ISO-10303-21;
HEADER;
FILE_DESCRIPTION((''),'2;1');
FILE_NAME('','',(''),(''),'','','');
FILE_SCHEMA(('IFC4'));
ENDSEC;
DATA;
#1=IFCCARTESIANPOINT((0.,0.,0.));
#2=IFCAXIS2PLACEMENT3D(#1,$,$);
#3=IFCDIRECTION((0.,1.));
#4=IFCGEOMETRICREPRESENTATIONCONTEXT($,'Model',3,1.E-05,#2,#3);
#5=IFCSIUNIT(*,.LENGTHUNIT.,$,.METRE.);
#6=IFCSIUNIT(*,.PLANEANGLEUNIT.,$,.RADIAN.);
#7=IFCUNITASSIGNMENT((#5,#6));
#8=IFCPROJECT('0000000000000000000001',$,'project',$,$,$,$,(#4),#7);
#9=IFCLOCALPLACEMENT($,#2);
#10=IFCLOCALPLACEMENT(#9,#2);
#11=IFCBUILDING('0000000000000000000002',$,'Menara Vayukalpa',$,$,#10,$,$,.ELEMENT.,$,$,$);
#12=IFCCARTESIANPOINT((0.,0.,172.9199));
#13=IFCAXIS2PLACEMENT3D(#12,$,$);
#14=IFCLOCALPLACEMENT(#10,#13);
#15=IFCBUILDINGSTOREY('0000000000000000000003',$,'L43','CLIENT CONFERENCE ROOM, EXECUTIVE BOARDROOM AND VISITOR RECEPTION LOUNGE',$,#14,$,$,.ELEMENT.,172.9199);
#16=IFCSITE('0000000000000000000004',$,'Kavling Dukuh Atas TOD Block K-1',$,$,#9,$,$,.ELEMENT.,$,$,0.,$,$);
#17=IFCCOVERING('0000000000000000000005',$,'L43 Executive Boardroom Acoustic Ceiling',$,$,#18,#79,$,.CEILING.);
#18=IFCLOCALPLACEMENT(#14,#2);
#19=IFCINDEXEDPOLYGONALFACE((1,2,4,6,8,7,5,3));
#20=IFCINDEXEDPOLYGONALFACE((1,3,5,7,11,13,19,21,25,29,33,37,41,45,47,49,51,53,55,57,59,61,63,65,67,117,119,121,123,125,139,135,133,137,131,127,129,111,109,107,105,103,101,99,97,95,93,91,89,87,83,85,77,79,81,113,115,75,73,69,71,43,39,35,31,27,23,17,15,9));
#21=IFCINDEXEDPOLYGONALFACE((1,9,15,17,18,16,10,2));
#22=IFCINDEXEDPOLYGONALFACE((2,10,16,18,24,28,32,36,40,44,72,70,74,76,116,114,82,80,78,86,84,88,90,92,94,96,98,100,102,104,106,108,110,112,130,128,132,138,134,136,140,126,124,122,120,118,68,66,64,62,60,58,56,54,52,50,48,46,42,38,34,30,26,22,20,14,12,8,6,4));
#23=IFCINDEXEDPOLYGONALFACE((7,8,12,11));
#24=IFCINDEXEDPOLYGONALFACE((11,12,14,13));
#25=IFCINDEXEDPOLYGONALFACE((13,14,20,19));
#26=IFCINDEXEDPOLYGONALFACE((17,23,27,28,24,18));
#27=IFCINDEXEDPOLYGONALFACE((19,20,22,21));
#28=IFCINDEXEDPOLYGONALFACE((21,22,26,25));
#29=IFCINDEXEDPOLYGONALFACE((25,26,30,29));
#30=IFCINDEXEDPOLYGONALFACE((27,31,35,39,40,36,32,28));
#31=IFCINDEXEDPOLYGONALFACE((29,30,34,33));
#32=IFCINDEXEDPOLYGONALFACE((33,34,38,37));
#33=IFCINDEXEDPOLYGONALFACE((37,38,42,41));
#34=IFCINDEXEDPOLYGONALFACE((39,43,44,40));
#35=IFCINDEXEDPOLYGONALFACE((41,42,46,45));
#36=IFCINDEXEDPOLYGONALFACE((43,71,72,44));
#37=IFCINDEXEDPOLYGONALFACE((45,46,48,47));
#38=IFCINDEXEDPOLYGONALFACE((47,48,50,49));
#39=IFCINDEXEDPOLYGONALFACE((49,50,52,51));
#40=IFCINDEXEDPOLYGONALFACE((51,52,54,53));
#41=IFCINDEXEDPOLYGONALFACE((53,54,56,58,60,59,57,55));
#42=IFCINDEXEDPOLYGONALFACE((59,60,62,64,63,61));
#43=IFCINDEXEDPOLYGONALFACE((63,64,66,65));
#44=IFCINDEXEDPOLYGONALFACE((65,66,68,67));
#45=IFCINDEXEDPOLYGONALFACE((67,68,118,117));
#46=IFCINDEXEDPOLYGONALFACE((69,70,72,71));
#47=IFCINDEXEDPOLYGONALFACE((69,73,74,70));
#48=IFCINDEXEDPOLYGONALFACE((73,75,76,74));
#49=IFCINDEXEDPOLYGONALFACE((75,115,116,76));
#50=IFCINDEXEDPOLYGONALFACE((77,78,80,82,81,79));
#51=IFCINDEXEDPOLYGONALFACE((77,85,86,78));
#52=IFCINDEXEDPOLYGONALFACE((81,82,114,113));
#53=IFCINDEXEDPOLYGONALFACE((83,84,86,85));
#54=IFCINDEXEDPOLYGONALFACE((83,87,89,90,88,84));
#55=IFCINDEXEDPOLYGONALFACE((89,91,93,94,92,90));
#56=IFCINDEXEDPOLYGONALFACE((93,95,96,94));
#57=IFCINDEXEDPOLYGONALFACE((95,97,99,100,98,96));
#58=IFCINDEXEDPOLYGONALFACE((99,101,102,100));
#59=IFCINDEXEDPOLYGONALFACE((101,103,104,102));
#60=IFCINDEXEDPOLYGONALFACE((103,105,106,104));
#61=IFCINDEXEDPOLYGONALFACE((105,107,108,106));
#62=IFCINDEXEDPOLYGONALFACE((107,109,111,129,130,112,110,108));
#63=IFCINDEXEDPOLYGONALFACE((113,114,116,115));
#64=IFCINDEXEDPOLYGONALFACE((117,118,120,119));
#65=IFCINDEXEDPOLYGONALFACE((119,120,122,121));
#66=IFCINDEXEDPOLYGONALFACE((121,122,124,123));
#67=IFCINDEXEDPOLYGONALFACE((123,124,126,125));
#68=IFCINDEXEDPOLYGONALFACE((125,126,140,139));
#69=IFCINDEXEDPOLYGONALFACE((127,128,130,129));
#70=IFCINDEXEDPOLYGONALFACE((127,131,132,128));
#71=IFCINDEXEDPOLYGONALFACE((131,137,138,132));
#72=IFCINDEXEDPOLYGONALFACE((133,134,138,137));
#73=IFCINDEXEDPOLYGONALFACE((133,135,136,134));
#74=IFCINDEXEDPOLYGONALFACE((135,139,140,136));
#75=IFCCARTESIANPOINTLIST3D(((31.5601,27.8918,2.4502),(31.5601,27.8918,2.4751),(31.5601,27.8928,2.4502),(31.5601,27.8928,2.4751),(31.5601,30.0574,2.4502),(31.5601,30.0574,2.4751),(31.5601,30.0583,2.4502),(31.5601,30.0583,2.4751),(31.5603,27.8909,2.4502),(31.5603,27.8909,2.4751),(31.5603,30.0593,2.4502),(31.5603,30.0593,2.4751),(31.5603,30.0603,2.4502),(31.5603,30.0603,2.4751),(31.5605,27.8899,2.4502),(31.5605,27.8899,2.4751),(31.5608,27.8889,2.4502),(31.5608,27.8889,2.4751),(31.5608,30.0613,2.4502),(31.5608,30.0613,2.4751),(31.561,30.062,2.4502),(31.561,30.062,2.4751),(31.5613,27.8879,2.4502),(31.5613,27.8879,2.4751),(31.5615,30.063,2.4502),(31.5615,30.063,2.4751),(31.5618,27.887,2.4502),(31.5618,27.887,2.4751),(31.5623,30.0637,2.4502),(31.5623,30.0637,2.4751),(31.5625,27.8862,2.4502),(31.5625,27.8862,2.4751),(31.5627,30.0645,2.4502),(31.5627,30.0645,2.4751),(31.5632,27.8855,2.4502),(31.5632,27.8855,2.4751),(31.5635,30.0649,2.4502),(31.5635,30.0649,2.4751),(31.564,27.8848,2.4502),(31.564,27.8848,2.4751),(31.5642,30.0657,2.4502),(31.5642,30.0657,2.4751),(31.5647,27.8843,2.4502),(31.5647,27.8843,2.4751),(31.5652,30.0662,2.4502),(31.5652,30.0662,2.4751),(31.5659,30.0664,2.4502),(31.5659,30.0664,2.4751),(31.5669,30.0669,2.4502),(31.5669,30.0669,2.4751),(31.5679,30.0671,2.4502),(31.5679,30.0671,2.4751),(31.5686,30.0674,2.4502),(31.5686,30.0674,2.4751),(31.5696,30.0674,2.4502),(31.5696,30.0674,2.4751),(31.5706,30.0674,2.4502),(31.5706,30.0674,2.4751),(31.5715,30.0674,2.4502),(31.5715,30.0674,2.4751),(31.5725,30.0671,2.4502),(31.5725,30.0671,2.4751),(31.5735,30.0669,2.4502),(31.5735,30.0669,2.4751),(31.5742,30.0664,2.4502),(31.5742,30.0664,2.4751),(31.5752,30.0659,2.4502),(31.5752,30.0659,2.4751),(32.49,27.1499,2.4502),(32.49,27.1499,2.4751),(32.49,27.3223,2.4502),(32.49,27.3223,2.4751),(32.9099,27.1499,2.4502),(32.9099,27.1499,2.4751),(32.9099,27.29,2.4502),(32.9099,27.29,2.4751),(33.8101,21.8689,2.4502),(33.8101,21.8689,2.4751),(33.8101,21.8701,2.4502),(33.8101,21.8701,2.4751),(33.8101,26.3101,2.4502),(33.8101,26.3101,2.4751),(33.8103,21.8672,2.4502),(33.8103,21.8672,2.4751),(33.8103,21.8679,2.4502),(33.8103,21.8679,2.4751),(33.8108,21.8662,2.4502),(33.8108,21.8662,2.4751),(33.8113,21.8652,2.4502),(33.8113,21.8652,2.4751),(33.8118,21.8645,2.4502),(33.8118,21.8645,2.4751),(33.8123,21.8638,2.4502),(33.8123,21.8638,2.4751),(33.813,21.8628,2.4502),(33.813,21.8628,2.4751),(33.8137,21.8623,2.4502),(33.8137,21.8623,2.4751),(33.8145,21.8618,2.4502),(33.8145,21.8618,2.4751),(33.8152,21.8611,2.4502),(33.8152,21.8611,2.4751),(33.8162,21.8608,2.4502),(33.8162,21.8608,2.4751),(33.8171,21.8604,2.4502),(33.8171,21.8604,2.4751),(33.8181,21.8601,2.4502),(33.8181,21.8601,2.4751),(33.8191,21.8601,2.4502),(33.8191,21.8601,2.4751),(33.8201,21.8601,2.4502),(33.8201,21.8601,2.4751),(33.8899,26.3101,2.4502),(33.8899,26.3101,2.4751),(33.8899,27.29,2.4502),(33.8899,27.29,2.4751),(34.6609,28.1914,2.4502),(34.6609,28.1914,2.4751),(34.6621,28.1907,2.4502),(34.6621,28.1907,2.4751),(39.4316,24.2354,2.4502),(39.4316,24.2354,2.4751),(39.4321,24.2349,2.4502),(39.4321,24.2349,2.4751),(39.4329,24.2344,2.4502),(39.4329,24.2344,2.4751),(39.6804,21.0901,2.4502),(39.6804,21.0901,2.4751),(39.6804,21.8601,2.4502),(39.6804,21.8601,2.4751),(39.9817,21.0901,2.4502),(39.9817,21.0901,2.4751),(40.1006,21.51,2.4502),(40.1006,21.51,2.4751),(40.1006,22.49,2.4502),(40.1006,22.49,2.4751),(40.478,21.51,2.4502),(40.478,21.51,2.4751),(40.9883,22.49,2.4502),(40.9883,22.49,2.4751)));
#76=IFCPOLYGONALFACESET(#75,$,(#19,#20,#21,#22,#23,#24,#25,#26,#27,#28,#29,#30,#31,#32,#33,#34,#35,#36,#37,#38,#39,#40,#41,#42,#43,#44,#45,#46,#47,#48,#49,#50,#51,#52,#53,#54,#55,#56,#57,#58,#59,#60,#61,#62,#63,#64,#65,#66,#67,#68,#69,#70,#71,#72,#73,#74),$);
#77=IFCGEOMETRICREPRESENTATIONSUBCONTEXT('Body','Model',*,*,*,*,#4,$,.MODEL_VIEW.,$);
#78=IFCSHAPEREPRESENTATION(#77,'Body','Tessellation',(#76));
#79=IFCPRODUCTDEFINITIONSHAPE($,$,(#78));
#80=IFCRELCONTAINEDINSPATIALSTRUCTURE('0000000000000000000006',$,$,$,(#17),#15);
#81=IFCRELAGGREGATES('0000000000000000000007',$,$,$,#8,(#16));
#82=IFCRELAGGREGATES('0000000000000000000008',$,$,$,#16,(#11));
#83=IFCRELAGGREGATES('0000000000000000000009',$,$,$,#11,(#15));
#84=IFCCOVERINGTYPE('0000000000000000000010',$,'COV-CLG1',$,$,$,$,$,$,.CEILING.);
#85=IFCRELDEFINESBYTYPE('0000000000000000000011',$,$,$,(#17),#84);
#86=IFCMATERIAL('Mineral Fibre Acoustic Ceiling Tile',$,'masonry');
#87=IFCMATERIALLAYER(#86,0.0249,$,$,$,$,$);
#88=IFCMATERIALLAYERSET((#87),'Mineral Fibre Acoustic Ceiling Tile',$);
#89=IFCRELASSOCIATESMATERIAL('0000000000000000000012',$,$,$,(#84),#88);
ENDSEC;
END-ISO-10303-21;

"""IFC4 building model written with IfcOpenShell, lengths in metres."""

from ifc_helpers import new_model, si_unit, direction, frame, origin, place, context, subcontext, project, spatial, polyline, outline, extrude, material, layer, layer_set, type_object, element, save


model = new_model("IFC4")

# Units and contexts
model_context = context("Model", 3, precision=1e-05, world=origin(), true_north=direction((0.0, 1.0)))
body_context = subcontext(model_context, "Body", "Model", "MODEL_VIEW")
ifc_project = project(units=[si_unit("LENGTHUNIT", "METRE"), si_unit("PLANEANGLEUNIT", "RADIAN")], contexts=[model_context])

# Site, building, storey
site_placement = place(None, origin())
site = spatial("IfcSite", under=ifc_project, at=site_placement, Name="Kavling Dukuh Atas TOD Block K-1", CompositionType="ELEMENT", RefElevation=0.0)
building_placement = place(site_placement, origin())
building = spatial("IfcBuilding", under=site, at=building_placement, Name="Menara Vayukalpa", CompositionType="ELEMENT")
storey_placement = place(building_placement, frame((0.0, 0.0, 172.9199)))
storey = spatial("IfcBuildingStorey", under=building, at=storey_placement, Name="L43", Description="CLIENT CONFERENCE ROOM, EXECUTIVE BOARDROOM AND VISITOR RECEPTION LOUNGE", CompositionType="ELEMENT", Elevation=172.9199)

# Covering
ifc_material_1 = material(Name="Mineral Fibre Acoustic Ceiling Tile", Category="masonry")
ifc_layer_1 = layer(ifc_material_1, 0.0249)
ifc_layer_set_1 = layer_set([ifc_layer_1], Name="Mineral Fibre Acoustic Ceiling Tile")
covering_type_1 = type_object("IfcCoveringType", Name="COV-CLG1", PredefinedType="CEILING", material=ifc_layer_set_1)
covering_1_placement = place(storey_placement, frame((0.0, 0.0, 2.4502)))
element("IfcCovering", 1, at=covering_1_placement, inside=storey, type_object=covering_type_1, Name="L43 Executive Boardroom Acoustic Ceiling", PredefinedType="CEILING", context=body_context, shape_type="SweptSolid", body=[
    extrude(outline(polyline([(33.8201, 21.8601), (33.8191, 21.8601), (33.8181, 21.8601), (33.8171, 21.8604), (33.8162, 21.8608), (33.8152, 21.8611), (33.8145, 21.8618), (33.8137, 21.8623), (33.813, 21.8628), (33.8123, 21.8638), (33.8118, 21.8645), (33.8113, 21.8652), (33.8108, 21.8662), (33.8103, 21.8672), (33.8103, 21.8679), (33.8101, 21.8689), (33.8101, 21.8701), (33.8101, 26.3101), (33.8899, 26.3101), (33.8899, 27.29), (32.9099, 27.29), (32.9099, 27.1499), (32.49, 27.1499), (32.49, 27.3223), (31.5647, 27.8843), (31.564, 27.8848), (31.5632, 27.8855), (31.5625, 27.8862), (31.5618, 27.887), (31.5613, 27.8879), (31.5608, 27.8889), (31.5605, 27.8899), (31.5603, 27.8909), (31.5601, 27.8918), (31.5601, 27.8928), (31.5601, 30.0574), (31.5601, 30.0583), (31.5603, 30.0593), (31.5603, 30.0603), (31.5608, 30.0613), (31.561, 30.062), (31.5615, 30.063), (31.5623, 30.0637), (31.5627, 30.0645), (31.5635, 30.0649), (31.5642, 30.0657), (31.5652, 30.0662), (31.5659, 30.0664), (31.5669, 30.0669), (31.5679, 30.0671), (31.5686, 30.0674), (31.5696, 30.0674), (31.5706, 30.0674), (31.5715, 30.0674), (31.5725, 30.0671), (31.5735, 30.0669), (31.5742, 30.0664), (31.5752, 30.0659), (34.6609, 28.1914), (34.6621, 28.1907), (39.4316, 24.2354), (39.4321, 24.2349), (39.4329, 24.2344), (40.9883, 22.49), (40.1006, 22.49), (40.1006, 21.51), (40.478, 21.51), (39.9817, 21.0901), (39.6804, 21.0901), (39.6804, 21.8601), (33.8201, 21.8601)])), origin(), (0.0, 0.0, 1.0), 0.0249),
])

save(model, "model.ifc")
